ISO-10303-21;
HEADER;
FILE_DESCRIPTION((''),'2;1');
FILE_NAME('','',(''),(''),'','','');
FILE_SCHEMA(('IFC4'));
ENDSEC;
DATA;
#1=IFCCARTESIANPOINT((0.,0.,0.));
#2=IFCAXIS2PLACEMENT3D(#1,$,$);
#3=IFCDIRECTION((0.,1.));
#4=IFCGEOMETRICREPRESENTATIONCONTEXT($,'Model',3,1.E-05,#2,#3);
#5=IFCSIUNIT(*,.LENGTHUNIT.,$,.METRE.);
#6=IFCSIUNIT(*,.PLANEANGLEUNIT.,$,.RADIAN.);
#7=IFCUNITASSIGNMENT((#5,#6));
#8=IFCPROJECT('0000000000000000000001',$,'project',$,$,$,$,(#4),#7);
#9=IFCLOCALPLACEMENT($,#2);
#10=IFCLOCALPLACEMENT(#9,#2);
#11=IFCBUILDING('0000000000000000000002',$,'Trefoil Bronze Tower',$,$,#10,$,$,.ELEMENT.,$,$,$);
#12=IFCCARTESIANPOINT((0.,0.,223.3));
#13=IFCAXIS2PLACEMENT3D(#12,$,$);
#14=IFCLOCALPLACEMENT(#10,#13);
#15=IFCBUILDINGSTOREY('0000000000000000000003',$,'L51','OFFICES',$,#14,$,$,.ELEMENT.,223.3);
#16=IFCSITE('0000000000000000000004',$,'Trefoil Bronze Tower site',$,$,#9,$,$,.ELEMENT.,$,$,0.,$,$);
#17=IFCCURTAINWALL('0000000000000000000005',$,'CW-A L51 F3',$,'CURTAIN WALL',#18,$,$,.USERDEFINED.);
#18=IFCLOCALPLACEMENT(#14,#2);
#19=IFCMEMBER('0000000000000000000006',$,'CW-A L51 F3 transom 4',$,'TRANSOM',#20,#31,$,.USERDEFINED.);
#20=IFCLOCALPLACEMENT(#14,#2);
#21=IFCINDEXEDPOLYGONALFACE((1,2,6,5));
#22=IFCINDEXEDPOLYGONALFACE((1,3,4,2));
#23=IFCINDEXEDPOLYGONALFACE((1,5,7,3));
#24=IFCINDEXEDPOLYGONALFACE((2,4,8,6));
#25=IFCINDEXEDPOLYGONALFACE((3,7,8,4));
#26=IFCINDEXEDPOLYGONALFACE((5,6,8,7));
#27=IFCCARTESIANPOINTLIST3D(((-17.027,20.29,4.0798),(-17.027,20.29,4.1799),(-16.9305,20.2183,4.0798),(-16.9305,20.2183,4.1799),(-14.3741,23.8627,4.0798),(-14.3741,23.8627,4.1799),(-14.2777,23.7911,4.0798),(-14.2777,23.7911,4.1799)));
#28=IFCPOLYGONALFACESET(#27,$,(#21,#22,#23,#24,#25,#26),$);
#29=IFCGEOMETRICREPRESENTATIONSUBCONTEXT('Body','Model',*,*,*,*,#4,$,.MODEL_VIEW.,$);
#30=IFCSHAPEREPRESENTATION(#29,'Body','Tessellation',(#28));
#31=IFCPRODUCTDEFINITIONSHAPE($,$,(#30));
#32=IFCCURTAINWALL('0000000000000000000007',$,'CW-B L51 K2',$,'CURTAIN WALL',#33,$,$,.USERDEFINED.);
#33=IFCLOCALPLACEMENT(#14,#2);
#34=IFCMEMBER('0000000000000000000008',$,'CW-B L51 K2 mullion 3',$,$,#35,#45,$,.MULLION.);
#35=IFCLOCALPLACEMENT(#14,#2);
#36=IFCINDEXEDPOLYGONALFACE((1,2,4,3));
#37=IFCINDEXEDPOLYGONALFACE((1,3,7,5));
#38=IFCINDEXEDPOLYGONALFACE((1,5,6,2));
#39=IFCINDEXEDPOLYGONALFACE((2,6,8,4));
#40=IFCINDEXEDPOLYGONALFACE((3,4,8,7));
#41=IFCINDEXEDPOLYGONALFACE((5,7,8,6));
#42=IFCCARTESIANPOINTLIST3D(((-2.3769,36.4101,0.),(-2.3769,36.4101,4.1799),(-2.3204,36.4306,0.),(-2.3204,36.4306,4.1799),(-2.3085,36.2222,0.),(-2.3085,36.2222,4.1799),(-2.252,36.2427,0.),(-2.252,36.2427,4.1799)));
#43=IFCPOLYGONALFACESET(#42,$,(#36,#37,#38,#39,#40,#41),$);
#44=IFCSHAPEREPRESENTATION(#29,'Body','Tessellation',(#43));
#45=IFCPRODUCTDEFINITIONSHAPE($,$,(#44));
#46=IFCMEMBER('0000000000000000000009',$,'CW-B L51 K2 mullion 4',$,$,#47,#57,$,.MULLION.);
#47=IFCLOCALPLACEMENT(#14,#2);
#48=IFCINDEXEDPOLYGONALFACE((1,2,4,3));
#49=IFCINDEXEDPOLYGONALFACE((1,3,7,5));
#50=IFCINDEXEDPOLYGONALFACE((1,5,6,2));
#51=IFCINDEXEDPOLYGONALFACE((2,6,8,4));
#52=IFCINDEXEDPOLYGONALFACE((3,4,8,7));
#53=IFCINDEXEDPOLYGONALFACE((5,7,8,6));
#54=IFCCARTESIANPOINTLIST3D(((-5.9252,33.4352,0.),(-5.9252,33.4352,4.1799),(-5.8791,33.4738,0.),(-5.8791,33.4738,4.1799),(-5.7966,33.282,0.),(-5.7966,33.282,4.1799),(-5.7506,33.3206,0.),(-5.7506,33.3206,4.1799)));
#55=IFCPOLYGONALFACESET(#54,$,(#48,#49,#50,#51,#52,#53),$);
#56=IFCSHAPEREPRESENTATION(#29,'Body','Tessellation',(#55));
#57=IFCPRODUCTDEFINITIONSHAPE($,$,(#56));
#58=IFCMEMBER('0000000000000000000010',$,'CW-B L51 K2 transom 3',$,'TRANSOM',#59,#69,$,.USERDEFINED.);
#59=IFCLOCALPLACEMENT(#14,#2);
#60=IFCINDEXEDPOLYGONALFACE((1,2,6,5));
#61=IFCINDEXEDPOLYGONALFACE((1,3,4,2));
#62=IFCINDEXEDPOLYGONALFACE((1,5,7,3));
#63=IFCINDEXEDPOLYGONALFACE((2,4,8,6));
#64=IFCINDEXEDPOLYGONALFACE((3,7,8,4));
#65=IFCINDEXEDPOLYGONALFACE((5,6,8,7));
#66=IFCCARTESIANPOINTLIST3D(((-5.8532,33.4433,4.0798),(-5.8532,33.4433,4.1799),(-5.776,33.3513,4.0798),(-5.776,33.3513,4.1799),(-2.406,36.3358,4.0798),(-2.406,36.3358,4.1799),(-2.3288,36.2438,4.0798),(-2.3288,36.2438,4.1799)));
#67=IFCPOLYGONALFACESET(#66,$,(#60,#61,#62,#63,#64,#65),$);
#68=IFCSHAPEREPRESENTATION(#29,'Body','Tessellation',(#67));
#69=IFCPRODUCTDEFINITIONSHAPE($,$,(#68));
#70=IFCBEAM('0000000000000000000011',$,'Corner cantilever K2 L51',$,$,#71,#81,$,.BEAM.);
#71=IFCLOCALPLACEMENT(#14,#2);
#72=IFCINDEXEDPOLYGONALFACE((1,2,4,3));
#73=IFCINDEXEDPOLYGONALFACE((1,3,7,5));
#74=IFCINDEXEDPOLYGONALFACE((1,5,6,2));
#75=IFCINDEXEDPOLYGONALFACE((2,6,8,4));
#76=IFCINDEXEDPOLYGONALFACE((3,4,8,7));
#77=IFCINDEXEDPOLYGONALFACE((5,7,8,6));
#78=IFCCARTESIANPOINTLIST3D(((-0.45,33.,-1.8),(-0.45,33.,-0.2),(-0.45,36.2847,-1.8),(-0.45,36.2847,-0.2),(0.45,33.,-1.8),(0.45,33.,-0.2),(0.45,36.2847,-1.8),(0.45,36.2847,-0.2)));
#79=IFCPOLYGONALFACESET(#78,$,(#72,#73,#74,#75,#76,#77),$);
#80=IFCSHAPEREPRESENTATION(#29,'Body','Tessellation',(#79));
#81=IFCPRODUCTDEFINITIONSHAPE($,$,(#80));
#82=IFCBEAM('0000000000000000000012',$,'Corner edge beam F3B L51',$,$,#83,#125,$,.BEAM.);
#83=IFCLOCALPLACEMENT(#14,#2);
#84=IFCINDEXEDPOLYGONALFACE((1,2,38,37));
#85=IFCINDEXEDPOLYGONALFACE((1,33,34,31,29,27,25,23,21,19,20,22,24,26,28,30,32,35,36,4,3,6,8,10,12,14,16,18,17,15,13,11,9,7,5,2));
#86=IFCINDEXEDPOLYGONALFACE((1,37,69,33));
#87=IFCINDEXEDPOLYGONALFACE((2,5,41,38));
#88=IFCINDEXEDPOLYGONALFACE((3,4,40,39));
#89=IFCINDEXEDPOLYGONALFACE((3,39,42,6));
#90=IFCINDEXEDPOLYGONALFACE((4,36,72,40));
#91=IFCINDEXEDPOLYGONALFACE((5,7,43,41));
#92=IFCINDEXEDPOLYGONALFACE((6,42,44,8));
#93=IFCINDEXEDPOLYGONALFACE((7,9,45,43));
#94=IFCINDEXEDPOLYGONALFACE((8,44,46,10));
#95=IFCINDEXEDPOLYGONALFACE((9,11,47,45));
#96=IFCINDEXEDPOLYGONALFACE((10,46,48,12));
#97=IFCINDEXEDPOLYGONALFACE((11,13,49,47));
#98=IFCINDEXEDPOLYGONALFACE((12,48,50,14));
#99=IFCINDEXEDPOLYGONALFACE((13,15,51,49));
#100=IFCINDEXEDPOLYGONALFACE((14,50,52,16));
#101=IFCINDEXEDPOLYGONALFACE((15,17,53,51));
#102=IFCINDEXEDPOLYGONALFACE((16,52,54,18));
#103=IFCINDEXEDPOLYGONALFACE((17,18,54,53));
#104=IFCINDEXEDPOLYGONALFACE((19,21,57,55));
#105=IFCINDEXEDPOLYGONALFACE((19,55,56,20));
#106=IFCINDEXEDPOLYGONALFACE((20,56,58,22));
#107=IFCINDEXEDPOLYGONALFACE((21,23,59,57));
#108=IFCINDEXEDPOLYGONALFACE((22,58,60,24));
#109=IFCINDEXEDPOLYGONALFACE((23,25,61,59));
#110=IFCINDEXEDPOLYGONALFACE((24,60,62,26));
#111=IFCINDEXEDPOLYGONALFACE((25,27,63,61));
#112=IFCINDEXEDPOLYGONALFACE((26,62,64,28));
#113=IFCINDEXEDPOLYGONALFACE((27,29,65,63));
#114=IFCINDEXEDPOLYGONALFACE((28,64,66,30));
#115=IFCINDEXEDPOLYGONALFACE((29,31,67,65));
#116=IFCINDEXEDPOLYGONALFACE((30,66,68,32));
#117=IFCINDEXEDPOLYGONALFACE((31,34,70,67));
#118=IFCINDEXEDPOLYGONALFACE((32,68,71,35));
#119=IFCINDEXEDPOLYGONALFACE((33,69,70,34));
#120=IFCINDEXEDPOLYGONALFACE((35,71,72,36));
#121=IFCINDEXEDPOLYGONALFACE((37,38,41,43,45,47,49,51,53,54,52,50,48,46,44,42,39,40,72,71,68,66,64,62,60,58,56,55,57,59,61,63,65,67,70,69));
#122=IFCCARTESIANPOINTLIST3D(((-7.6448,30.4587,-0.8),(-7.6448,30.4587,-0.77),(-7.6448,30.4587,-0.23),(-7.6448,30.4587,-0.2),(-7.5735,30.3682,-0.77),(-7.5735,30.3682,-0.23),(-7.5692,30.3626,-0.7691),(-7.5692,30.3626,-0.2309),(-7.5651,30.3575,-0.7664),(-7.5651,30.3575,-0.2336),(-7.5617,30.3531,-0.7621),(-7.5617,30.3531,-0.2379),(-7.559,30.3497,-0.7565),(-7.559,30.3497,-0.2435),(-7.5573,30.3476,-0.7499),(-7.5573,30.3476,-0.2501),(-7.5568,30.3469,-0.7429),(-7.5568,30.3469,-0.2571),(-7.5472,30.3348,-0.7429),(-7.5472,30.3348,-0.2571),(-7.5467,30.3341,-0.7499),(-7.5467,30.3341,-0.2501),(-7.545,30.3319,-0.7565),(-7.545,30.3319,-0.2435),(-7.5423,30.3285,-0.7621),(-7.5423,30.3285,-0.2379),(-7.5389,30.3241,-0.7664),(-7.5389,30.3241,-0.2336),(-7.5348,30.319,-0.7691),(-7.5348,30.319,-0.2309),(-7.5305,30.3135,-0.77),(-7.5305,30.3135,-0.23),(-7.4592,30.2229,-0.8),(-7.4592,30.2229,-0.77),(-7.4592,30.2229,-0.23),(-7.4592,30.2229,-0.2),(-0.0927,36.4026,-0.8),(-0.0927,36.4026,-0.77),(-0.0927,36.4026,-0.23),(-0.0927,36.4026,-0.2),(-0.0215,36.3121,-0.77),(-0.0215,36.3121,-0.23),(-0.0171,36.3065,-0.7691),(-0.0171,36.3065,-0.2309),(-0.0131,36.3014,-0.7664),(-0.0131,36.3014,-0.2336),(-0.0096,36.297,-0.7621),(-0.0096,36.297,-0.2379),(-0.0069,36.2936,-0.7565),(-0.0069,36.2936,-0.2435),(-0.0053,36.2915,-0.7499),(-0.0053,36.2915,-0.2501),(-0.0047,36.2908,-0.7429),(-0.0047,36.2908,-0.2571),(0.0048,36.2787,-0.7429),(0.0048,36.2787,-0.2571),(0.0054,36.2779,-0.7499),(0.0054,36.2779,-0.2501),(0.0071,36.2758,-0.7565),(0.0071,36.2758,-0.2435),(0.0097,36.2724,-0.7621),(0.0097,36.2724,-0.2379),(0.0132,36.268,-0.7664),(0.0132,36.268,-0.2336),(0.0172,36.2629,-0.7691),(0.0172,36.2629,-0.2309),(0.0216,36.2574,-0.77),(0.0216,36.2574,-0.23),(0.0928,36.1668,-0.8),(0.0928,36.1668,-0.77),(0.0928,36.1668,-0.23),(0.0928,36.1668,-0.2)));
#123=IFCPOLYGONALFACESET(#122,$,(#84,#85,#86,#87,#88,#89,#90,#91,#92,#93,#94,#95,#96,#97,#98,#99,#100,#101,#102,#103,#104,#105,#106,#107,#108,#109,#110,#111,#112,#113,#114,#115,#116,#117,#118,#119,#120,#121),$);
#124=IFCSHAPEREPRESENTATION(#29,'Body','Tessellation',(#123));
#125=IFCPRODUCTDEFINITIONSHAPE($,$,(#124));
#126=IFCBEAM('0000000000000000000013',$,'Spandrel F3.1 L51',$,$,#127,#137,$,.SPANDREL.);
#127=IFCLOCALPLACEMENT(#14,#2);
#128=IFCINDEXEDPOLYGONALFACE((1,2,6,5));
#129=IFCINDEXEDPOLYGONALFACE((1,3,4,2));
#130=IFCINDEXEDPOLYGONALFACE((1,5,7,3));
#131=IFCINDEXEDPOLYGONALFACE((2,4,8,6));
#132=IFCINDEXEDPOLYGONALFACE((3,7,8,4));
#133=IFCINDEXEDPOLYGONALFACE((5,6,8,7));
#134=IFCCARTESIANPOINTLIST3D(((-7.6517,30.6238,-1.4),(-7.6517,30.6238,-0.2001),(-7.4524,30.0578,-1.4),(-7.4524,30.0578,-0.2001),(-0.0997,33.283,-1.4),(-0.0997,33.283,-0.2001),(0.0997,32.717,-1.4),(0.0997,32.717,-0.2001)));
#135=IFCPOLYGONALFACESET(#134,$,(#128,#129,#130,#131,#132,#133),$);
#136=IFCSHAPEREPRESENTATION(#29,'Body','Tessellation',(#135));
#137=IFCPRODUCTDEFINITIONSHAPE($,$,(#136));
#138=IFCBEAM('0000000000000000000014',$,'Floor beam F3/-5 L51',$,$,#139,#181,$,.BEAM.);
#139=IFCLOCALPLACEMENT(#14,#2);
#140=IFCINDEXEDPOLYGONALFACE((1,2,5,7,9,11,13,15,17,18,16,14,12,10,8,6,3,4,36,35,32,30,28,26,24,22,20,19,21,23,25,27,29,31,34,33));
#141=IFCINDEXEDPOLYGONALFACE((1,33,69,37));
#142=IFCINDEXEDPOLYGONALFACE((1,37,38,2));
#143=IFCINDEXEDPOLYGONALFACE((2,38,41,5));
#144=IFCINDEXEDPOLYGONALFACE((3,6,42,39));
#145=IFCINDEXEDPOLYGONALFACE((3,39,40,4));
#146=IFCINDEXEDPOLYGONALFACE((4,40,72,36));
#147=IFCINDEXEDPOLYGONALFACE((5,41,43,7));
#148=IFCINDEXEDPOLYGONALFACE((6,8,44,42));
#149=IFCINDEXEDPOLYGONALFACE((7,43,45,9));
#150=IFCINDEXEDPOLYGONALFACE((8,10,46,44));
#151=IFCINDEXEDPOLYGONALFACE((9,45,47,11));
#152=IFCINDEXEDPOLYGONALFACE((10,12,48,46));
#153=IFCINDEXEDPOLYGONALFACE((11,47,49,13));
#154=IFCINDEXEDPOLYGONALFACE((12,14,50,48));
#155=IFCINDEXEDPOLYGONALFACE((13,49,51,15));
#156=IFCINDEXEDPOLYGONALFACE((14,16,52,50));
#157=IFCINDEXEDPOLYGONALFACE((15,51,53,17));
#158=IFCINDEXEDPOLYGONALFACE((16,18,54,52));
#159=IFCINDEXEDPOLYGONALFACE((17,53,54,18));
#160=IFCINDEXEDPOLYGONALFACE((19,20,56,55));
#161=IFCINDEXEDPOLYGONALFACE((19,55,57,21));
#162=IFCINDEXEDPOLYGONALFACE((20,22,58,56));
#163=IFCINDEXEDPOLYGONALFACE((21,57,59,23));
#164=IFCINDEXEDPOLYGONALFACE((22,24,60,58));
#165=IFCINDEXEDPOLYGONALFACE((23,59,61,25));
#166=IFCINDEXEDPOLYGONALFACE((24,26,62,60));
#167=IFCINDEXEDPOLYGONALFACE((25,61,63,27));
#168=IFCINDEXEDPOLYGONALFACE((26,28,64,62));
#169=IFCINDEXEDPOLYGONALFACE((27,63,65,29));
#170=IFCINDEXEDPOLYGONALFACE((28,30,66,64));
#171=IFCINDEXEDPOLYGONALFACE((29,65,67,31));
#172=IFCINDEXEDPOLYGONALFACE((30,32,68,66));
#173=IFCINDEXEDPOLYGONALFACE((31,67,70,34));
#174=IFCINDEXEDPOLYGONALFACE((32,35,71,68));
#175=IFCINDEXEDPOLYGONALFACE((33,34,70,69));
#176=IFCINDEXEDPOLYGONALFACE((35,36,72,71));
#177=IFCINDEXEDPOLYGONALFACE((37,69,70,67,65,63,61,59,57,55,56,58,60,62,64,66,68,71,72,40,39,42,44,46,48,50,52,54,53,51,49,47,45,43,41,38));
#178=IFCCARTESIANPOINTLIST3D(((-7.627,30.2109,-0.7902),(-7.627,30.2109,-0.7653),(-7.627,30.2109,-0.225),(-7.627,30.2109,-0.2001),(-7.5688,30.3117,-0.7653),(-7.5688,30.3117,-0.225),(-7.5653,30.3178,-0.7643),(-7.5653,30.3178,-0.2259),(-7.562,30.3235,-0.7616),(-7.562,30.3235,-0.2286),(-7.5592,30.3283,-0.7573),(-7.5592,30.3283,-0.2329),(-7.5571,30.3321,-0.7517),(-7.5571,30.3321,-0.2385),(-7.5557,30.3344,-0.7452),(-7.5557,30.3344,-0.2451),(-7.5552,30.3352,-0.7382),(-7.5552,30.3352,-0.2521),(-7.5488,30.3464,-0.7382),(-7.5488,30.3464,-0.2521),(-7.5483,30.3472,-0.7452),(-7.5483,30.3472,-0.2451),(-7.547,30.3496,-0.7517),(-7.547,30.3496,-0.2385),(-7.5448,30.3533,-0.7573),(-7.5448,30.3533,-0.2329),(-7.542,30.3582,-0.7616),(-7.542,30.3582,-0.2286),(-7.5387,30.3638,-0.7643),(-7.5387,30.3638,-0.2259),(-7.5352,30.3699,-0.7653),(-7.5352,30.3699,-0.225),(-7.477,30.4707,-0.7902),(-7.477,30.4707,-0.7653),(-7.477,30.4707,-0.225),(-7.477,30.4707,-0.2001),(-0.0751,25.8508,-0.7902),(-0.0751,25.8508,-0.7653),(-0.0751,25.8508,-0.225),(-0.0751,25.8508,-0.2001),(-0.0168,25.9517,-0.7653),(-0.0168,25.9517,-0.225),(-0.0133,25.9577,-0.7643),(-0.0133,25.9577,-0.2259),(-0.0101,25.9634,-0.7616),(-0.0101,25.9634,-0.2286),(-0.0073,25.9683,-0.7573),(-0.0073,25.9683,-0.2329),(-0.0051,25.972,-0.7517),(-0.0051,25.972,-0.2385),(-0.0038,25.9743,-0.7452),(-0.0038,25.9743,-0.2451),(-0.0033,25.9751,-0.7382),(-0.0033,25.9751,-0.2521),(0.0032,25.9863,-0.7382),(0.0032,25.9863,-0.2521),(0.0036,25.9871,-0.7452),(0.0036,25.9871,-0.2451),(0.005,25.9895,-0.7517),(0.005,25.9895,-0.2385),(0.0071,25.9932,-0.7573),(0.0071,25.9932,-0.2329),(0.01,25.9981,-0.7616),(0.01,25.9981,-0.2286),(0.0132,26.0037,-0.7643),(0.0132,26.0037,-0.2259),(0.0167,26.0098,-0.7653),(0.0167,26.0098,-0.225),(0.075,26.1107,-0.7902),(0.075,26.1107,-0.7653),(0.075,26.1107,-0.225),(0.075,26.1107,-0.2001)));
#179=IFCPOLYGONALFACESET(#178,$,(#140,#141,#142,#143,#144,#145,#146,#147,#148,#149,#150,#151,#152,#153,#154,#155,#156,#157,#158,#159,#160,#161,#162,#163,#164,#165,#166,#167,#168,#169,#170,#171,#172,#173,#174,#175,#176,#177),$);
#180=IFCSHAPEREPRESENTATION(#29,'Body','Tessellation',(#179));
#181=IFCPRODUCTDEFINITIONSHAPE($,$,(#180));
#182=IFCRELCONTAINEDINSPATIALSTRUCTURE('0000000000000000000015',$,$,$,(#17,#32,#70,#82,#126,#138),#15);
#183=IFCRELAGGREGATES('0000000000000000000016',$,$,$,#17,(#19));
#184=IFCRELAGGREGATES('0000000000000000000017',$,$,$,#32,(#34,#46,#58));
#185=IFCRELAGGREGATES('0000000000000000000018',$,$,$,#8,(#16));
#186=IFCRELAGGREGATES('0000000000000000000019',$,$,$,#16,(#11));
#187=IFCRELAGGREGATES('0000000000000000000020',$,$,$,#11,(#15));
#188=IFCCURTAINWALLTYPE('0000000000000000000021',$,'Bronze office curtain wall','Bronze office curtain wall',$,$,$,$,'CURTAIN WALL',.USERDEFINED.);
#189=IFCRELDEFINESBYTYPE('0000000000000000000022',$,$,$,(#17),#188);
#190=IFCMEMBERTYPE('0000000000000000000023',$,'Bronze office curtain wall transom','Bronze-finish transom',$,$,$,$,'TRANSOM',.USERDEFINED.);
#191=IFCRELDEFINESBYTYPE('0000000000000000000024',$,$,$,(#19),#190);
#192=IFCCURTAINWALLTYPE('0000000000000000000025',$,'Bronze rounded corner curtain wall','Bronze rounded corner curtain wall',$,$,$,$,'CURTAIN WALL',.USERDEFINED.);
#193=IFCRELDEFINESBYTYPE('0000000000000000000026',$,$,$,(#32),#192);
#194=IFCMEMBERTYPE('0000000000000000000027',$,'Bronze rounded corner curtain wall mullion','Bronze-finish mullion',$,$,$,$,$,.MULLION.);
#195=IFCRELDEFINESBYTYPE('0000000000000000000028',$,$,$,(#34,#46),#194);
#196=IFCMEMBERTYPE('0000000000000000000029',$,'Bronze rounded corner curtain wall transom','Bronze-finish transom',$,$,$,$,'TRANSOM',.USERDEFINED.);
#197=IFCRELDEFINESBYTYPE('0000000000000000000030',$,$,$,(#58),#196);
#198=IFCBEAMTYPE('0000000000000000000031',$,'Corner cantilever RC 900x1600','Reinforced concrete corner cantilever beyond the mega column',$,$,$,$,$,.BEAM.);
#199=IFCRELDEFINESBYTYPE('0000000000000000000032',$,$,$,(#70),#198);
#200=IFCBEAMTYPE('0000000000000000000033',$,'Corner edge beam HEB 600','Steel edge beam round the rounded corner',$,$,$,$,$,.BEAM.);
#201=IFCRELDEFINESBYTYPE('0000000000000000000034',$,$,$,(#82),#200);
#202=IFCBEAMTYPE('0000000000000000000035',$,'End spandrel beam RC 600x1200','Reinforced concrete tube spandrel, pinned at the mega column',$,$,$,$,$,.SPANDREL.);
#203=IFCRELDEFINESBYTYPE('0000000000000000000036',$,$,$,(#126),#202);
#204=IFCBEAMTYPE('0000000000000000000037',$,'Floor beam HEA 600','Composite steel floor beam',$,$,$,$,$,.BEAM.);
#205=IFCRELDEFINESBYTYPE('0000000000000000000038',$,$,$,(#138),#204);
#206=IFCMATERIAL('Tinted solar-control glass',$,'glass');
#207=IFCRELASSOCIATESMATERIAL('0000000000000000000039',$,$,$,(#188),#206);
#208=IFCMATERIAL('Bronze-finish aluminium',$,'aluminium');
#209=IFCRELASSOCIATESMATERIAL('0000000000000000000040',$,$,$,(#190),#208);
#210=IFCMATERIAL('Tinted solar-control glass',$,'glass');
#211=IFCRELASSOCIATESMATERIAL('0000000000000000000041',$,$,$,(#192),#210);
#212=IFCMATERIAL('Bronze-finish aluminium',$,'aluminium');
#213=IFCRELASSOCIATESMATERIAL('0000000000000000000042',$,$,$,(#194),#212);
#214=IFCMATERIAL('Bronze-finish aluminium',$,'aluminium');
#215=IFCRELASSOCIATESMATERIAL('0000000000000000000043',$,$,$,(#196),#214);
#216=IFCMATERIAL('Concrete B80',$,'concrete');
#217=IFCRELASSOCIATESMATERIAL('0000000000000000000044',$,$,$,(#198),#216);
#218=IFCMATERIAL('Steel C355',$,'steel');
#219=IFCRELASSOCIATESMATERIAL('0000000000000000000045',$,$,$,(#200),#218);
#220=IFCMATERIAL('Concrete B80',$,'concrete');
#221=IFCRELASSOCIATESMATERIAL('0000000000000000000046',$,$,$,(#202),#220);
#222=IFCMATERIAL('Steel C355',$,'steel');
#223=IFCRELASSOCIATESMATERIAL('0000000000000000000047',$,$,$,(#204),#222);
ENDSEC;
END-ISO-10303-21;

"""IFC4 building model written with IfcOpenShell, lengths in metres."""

from ifc_helpers import new_model, si_unit, direction, frame, origin, origin_2d, place, context, subcontext, project, spatial, rectangle, i_section, extrude, material, material_profile, profile_set, type_object, element, aggregate, save


model = new_model("IFC4")

# Units and contexts
model_context = context("Model", 3, precision=1e-05, world=origin(), true_north=direction((0.0, 1.0)))
body_context = subcontext(model_context, "Body", "Model", "MODEL_VIEW")
ifc_project = project(units=[si_unit("LENGTHUNIT", "METRE"), si_unit("PLANEANGLEUNIT", "RADIAN")], contexts=[model_context])

# Site, building, storey
site_placement = place(None, origin())
site = spatial("IfcSite", under=ifc_project, at=site_placement, Name="Trefoil Bronze Tower site", CompositionType="ELEMENT", RefElevation=0.0)
building_placement = place(site_placement, origin())
building = spatial("IfcBuilding", under=site, at=building_placement, Name="Trefoil Bronze Tower", CompositionType="ELEMENT")
storey_placement = place(building_placement, frame((0.0, 0.0, 223.3)))
storey = spatial("IfcBuildingStorey", under=building, at=storey_placement, Name="L51", Description="OFFICES", CompositionType="ELEMENT", Elevation=223.3)

# Curtain walls, members
ifc_material_1 = material(Name="Tinted solar-control glass", Category="glass")
curtain_wall_type_1 = type_object("IfcCurtainWallType", Name="Bronze office curtain wall", Description="Bronze office curtain wall", ElementType="CURTAIN WALL", PredefinedType="USERDEFINED", material=ifc_material_1)
curtain_wall_1_placement = place(storey_placement, origin())
curtain_wall_1 = element("IfcCurtainWall", 1, at=curtain_wall_1_placement, inside=storey, type_object=curtain_wall_type_1, Name="CW-A L51 F3", ObjectType="CURTAIN WALL", PredefinedType="USERDEFINED")
ifc_material_2 = material(Name="Bronze-finish aluminium", Category="aluminium")
ifc_material_profile_1 = material_profile(ifc_material_2, rectangle(XDim=0.1201, YDim=0.1001, at=origin_2d()), Name="CW-A transom")
ifc_profile_set_1 = profile_set([ifc_material_profile_1], Name="Bronze-finish aluminium")
member_type_1 = type_object("IfcMemberType", Name="Bronze office curtain wall transom", Description="Bronze-finish transom", ElementType="TRANSOM", PredefinedType="USERDEFINED", material=ifc_profile_set_1)
member_1_placement = place(storey_placement, frame((-14.3259, 23.8269, 4.1299), z_axis=(-0.596148, -0.802874, 0.0), x_axis=(0.802874, -0.596148, 0.0)))
member_1 = element("IfcMember", 2, at=member_1_placement, type_object=member_type_1, Name="CW-A L51 F3 transom 4", ObjectType="TRANSOM", PredefinedType="USERDEFINED", context=body_context, shape_type="SweptSolid", body=[
    extrude(rectangle(XDim=0.1201, YDim=0.1001, at=origin_2d()), origin(), (0.0, 0.0, 1.0), 4.45),
])
ifc_material_3 = material(Name="Tinted solar-control glass", Category="glass")
curtain_wall_type_2 = type_object("IfcCurtainWallType", Name="Bronze rounded corner curtain wall", Description="Bronze rounded corner curtain wall", ElementType="CURTAIN WALL", PredefinedType="USERDEFINED", material=ifc_material_3)
curtain_wall_2_placement = place(storey_placement, origin())
curtain_wall_2 = element("IfcCurtainWall", 3, at=curtain_wall_2_placement, inside=storey, type_object=curtain_wall_type_2, Name="CW-B L51 K2", ObjectType="CURTAIN WALL", PredefinedType="USERDEFINED")
ifc_material_4 = material(Name="Bronze-finish aluminium", Category="aluminium")
ifc_material_profile_2 = material_profile(ifc_material_4, rectangle(XDim=0.2, YDim=0.0601, at=origin_2d()), Name="CW-B mullion")
ifc_profile_set_2 = profile_set([ifc_material_profile_2], Name="Bronze-finish aluminium")
member_type_2 = type_object("IfcMemberType", Name="Bronze rounded corner curtain wall mullion", Description="Bronze-finish mullion", PredefinedType="MULLION", material=ifc_profile_set_2)
member_2_placement = place(storey_placement, frame((-2.3145, 36.3264, 0.0), z_axis=(0.0, 0.0, 1.0), x_axis=(0.34202, -0.939693, 0.0)))
member_2 = element("IfcMember", 4, at=member_2_placement, type_object=member_type_2, Name="CW-B L51 K2 mullion 3", PredefinedType="MULLION", context=body_context, shape_type="SweptSolid", body=[
    extrude(rectangle(XDim=0.2, YDim=0.0601, at=origin_2d()), origin(), (0.0, 0.0, 1.0), 4.1799),
])
member_3_placement = place(storey_placement, frame((-5.8379, 33.3779, 0.0), z_axis=(0.0, 0.0, 1.0), x_axis=(0.642788, -0.766044, 0.0)))
member_3 = element("IfcMember", 5, at=member_3_placement, type_object=member_type_2, Name="CW-B L51 K2 mullion 4", PredefinedType="MULLION", context=body_context, shape_type="SweptSolid", body=[
    extrude(rectangle(XDim=0.2, YDim=0.0601, at=origin_2d()), origin(), (0.0, 0.0, 1.0), 4.1799),
])
ifc_material_5 = material(Name="Bronze-finish aluminium", Category="aluminium")
ifc_material_profile_3 = material_profile(ifc_material_5, rectangle(XDim=0.1201, YDim=0.1001, at=origin_2d()), Name="CW-B transom")
ifc_profile_set_3 = profile_set([ifc_material_profile_3], Name="Bronze-finish aluminium")
member_type_3 = type_object("IfcMemberType", Name="Bronze rounded corner curtain wall transom", Description="Bronze-finish transom", ElementType="TRANSOM", PredefinedType="USERDEFINED", material=ifc_profile_set_3)
member_4_placement = place(storey_placement, frame((-2.3674, 36.2898, 4.1299), z_axis=(-0.766047, -0.642785, 0.0), x_axis=(0.642785, -0.766047, 0.0)))
member_4 = element("IfcMember", 6, at=member_4_placement, type_object=member_type_3, Name="CW-B L51 K2 transom 3", ObjectType="TRANSOM", PredefinedType="USERDEFINED", context=body_context, shape_type="SweptSolid", body=[
    extrude(rectangle(XDim=0.1201, YDim=0.1001, at=origin_2d()), origin(), (0.0, 0.0, 1.0), 4.5),
])

# Beams
ifc_material_6 = material(Name="Concrete B80", Category="concrete")
ifc_material_profile_4 = material_profile(ifc_material_6, rectangle(XDim=0.8999, YDim=1.6001, at=origin_2d()), Name="RC 900x1600")
ifc_profile_set_4 = profile_set([ifc_material_profile_4], Name="Concrete B80")
beam_type_1 = type_object("IfcBeamType", Name="Corner cantilever RC 900x1600", Description="Reinforced concrete corner cantilever beyond the mega column", PredefinedType="BEAM", material=ifc_profile_set_4)
beam_1_placement = place(storey_placement, frame((0.0, 33.0, -1.0), z_axis=(0.0, 1.0, 0.0), x_axis=(-1.0, 0.0, 0.0)))
element("IfcBeam", 7, at=beam_1_placement, inside=storey, type_object=beam_type_1, Name="Corner cantilever K2 L51", PredefinedType="BEAM", context=body_context, shape_type="SweptSolid", body=[
    extrude(rectangle(XDim=0.8999, YDim=1.6001, at=origin_2d()), origin(), (0.0, 0.0, 1.0), 3.2847),
])
ifc_material_7 = material(Name="Steel C355", Category="steel")
ifc_material_profile_5 = material_profile(ifc_material_7, i_section(OverallWidth=0.3, OverallDepth=0.6001, WebThickness=0.0154, FlangeThickness=0.03, FilletRadius=0.0271, at=origin_2d()), Name="HEB 600")
ifc_profile_set_5 = profile_set([ifc_material_profile_5], Name="Steel C355")
beam_type_2 = type_object("IfcBeamType", Name="Corner edge beam HEB 600", Description="Steel edge beam round the rounded corner", PredefinedType="BEAM", material=ifc_profile_set_5)
beam_2_placement = place(storey_placement, frame((-7.552, 30.3408, -0.5), z_axis=(0.785806, 0.618473, 0.0), x_axis=(-0.618473, 0.785806, 0.0)))
element("IfcBeam", 8, at=beam_2_placement, inside=storey, type_object=beam_type_2, Name="Corner edge beam F3B L51", PredefinedType="BEAM", context=body_context, shape_type="SweptSolid", body=[
    extrude(i_section(OverallWidth=0.3, OverallDepth=0.6001, WebThickness=0.0154, FlangeThickness=0.03, FilletRadius=0.0271, at=origin_2d()), origin(), (0.0, 0.0, 1.0), 9.6106),
])
ifc_material_8 = material(Name="Concrete B80", Category="concrete")
ifc_material_profile_6 = material_profile(ifc_material_8, rectangle(XDim=0.6001, YDim=1.2, at=origin_2d()), Name="RC 600x1200")
ifc_profile_set_6 = profile_set([ifc_material_profile_6], Name="Concrete B80")
beam_type_3 = type_object("IfcBeamType", Name="End spandrel beam RC 600x1200", Description="Reinforced concrete tube spandrel, pinned at the mega column", PredefinedType="SPANDREL", material=ifc_profile_set_6)
beam_3_placement = place(storey_placement, frame((0.0, 33.0, -0.8), z_axis=(-0.943234, -0.332128, 0.0), x_axis=(0.332128, -0.943234, 0.0)))
element("IfcBeam", 9, at=beam_3_placement, inside=storey, type_object=beam_type_3, Name="Spandrel F3.1 L51", PredefinedType="SPANDREL", context=body_context, shape_type="SweptSolid", body=[
    extrude(rectangle(XDim=0.6001, YDim=1.2, at=origin_2d()), origin(), (0.0, 0.0, 1.0), 8.0066),
])
ifc_material_9 = material(Name="Steel C355", Category="steel")
ifc_material_profile_7 = material_profile(ifc_material_9, i_section(OverallWidth=0.3, OverallDepth=0.5901, WebThickness=0.0129, FlangeThickness=0.0249, FilletRadius=0.0271, at=origin_2d()), Name="HEA 600")
ifc_profile_set_7 = profile_set([ifc_material_profile_7], Name="Steel C355")
beam_type_4 = type_object("IfcBeamType", Name="Floor beam HEA 600", Description="Composite steel floor beam", PredefinedType="BEAM", material=ifc_profile_set_7)
beam_4_placement = place(storey_placement, frame((-7.552, 30.3408, -0.4951), z_axis=(0.866028, -0.499996, 0.0), x_axis=(0.499996, 0.866028, 0.0)))
element("IfcBeam", 10, at=beam_4_placement, inside=storey, type_object=beam_type_4, Name="Floor beam F3/-5 L51", PredefinedType="BEAM", context=body_context, shape_type="SweptSolid", body=[
    extrude(i_section(OverallWidth=0.3, OverallDepth=0.5901, WebThickness=0.0129, FlangeThickness=0.0249, FilletRadius=0.0271, at=origin_2d()), origin(), (0.0, 0.0, 1.0), 8.7202),
])

aggregate(curtain_wall_1, [member_1])
aggregate(curtain_wall_2, [member_2, member_3, member_4])

save(model, "model.ifc")
